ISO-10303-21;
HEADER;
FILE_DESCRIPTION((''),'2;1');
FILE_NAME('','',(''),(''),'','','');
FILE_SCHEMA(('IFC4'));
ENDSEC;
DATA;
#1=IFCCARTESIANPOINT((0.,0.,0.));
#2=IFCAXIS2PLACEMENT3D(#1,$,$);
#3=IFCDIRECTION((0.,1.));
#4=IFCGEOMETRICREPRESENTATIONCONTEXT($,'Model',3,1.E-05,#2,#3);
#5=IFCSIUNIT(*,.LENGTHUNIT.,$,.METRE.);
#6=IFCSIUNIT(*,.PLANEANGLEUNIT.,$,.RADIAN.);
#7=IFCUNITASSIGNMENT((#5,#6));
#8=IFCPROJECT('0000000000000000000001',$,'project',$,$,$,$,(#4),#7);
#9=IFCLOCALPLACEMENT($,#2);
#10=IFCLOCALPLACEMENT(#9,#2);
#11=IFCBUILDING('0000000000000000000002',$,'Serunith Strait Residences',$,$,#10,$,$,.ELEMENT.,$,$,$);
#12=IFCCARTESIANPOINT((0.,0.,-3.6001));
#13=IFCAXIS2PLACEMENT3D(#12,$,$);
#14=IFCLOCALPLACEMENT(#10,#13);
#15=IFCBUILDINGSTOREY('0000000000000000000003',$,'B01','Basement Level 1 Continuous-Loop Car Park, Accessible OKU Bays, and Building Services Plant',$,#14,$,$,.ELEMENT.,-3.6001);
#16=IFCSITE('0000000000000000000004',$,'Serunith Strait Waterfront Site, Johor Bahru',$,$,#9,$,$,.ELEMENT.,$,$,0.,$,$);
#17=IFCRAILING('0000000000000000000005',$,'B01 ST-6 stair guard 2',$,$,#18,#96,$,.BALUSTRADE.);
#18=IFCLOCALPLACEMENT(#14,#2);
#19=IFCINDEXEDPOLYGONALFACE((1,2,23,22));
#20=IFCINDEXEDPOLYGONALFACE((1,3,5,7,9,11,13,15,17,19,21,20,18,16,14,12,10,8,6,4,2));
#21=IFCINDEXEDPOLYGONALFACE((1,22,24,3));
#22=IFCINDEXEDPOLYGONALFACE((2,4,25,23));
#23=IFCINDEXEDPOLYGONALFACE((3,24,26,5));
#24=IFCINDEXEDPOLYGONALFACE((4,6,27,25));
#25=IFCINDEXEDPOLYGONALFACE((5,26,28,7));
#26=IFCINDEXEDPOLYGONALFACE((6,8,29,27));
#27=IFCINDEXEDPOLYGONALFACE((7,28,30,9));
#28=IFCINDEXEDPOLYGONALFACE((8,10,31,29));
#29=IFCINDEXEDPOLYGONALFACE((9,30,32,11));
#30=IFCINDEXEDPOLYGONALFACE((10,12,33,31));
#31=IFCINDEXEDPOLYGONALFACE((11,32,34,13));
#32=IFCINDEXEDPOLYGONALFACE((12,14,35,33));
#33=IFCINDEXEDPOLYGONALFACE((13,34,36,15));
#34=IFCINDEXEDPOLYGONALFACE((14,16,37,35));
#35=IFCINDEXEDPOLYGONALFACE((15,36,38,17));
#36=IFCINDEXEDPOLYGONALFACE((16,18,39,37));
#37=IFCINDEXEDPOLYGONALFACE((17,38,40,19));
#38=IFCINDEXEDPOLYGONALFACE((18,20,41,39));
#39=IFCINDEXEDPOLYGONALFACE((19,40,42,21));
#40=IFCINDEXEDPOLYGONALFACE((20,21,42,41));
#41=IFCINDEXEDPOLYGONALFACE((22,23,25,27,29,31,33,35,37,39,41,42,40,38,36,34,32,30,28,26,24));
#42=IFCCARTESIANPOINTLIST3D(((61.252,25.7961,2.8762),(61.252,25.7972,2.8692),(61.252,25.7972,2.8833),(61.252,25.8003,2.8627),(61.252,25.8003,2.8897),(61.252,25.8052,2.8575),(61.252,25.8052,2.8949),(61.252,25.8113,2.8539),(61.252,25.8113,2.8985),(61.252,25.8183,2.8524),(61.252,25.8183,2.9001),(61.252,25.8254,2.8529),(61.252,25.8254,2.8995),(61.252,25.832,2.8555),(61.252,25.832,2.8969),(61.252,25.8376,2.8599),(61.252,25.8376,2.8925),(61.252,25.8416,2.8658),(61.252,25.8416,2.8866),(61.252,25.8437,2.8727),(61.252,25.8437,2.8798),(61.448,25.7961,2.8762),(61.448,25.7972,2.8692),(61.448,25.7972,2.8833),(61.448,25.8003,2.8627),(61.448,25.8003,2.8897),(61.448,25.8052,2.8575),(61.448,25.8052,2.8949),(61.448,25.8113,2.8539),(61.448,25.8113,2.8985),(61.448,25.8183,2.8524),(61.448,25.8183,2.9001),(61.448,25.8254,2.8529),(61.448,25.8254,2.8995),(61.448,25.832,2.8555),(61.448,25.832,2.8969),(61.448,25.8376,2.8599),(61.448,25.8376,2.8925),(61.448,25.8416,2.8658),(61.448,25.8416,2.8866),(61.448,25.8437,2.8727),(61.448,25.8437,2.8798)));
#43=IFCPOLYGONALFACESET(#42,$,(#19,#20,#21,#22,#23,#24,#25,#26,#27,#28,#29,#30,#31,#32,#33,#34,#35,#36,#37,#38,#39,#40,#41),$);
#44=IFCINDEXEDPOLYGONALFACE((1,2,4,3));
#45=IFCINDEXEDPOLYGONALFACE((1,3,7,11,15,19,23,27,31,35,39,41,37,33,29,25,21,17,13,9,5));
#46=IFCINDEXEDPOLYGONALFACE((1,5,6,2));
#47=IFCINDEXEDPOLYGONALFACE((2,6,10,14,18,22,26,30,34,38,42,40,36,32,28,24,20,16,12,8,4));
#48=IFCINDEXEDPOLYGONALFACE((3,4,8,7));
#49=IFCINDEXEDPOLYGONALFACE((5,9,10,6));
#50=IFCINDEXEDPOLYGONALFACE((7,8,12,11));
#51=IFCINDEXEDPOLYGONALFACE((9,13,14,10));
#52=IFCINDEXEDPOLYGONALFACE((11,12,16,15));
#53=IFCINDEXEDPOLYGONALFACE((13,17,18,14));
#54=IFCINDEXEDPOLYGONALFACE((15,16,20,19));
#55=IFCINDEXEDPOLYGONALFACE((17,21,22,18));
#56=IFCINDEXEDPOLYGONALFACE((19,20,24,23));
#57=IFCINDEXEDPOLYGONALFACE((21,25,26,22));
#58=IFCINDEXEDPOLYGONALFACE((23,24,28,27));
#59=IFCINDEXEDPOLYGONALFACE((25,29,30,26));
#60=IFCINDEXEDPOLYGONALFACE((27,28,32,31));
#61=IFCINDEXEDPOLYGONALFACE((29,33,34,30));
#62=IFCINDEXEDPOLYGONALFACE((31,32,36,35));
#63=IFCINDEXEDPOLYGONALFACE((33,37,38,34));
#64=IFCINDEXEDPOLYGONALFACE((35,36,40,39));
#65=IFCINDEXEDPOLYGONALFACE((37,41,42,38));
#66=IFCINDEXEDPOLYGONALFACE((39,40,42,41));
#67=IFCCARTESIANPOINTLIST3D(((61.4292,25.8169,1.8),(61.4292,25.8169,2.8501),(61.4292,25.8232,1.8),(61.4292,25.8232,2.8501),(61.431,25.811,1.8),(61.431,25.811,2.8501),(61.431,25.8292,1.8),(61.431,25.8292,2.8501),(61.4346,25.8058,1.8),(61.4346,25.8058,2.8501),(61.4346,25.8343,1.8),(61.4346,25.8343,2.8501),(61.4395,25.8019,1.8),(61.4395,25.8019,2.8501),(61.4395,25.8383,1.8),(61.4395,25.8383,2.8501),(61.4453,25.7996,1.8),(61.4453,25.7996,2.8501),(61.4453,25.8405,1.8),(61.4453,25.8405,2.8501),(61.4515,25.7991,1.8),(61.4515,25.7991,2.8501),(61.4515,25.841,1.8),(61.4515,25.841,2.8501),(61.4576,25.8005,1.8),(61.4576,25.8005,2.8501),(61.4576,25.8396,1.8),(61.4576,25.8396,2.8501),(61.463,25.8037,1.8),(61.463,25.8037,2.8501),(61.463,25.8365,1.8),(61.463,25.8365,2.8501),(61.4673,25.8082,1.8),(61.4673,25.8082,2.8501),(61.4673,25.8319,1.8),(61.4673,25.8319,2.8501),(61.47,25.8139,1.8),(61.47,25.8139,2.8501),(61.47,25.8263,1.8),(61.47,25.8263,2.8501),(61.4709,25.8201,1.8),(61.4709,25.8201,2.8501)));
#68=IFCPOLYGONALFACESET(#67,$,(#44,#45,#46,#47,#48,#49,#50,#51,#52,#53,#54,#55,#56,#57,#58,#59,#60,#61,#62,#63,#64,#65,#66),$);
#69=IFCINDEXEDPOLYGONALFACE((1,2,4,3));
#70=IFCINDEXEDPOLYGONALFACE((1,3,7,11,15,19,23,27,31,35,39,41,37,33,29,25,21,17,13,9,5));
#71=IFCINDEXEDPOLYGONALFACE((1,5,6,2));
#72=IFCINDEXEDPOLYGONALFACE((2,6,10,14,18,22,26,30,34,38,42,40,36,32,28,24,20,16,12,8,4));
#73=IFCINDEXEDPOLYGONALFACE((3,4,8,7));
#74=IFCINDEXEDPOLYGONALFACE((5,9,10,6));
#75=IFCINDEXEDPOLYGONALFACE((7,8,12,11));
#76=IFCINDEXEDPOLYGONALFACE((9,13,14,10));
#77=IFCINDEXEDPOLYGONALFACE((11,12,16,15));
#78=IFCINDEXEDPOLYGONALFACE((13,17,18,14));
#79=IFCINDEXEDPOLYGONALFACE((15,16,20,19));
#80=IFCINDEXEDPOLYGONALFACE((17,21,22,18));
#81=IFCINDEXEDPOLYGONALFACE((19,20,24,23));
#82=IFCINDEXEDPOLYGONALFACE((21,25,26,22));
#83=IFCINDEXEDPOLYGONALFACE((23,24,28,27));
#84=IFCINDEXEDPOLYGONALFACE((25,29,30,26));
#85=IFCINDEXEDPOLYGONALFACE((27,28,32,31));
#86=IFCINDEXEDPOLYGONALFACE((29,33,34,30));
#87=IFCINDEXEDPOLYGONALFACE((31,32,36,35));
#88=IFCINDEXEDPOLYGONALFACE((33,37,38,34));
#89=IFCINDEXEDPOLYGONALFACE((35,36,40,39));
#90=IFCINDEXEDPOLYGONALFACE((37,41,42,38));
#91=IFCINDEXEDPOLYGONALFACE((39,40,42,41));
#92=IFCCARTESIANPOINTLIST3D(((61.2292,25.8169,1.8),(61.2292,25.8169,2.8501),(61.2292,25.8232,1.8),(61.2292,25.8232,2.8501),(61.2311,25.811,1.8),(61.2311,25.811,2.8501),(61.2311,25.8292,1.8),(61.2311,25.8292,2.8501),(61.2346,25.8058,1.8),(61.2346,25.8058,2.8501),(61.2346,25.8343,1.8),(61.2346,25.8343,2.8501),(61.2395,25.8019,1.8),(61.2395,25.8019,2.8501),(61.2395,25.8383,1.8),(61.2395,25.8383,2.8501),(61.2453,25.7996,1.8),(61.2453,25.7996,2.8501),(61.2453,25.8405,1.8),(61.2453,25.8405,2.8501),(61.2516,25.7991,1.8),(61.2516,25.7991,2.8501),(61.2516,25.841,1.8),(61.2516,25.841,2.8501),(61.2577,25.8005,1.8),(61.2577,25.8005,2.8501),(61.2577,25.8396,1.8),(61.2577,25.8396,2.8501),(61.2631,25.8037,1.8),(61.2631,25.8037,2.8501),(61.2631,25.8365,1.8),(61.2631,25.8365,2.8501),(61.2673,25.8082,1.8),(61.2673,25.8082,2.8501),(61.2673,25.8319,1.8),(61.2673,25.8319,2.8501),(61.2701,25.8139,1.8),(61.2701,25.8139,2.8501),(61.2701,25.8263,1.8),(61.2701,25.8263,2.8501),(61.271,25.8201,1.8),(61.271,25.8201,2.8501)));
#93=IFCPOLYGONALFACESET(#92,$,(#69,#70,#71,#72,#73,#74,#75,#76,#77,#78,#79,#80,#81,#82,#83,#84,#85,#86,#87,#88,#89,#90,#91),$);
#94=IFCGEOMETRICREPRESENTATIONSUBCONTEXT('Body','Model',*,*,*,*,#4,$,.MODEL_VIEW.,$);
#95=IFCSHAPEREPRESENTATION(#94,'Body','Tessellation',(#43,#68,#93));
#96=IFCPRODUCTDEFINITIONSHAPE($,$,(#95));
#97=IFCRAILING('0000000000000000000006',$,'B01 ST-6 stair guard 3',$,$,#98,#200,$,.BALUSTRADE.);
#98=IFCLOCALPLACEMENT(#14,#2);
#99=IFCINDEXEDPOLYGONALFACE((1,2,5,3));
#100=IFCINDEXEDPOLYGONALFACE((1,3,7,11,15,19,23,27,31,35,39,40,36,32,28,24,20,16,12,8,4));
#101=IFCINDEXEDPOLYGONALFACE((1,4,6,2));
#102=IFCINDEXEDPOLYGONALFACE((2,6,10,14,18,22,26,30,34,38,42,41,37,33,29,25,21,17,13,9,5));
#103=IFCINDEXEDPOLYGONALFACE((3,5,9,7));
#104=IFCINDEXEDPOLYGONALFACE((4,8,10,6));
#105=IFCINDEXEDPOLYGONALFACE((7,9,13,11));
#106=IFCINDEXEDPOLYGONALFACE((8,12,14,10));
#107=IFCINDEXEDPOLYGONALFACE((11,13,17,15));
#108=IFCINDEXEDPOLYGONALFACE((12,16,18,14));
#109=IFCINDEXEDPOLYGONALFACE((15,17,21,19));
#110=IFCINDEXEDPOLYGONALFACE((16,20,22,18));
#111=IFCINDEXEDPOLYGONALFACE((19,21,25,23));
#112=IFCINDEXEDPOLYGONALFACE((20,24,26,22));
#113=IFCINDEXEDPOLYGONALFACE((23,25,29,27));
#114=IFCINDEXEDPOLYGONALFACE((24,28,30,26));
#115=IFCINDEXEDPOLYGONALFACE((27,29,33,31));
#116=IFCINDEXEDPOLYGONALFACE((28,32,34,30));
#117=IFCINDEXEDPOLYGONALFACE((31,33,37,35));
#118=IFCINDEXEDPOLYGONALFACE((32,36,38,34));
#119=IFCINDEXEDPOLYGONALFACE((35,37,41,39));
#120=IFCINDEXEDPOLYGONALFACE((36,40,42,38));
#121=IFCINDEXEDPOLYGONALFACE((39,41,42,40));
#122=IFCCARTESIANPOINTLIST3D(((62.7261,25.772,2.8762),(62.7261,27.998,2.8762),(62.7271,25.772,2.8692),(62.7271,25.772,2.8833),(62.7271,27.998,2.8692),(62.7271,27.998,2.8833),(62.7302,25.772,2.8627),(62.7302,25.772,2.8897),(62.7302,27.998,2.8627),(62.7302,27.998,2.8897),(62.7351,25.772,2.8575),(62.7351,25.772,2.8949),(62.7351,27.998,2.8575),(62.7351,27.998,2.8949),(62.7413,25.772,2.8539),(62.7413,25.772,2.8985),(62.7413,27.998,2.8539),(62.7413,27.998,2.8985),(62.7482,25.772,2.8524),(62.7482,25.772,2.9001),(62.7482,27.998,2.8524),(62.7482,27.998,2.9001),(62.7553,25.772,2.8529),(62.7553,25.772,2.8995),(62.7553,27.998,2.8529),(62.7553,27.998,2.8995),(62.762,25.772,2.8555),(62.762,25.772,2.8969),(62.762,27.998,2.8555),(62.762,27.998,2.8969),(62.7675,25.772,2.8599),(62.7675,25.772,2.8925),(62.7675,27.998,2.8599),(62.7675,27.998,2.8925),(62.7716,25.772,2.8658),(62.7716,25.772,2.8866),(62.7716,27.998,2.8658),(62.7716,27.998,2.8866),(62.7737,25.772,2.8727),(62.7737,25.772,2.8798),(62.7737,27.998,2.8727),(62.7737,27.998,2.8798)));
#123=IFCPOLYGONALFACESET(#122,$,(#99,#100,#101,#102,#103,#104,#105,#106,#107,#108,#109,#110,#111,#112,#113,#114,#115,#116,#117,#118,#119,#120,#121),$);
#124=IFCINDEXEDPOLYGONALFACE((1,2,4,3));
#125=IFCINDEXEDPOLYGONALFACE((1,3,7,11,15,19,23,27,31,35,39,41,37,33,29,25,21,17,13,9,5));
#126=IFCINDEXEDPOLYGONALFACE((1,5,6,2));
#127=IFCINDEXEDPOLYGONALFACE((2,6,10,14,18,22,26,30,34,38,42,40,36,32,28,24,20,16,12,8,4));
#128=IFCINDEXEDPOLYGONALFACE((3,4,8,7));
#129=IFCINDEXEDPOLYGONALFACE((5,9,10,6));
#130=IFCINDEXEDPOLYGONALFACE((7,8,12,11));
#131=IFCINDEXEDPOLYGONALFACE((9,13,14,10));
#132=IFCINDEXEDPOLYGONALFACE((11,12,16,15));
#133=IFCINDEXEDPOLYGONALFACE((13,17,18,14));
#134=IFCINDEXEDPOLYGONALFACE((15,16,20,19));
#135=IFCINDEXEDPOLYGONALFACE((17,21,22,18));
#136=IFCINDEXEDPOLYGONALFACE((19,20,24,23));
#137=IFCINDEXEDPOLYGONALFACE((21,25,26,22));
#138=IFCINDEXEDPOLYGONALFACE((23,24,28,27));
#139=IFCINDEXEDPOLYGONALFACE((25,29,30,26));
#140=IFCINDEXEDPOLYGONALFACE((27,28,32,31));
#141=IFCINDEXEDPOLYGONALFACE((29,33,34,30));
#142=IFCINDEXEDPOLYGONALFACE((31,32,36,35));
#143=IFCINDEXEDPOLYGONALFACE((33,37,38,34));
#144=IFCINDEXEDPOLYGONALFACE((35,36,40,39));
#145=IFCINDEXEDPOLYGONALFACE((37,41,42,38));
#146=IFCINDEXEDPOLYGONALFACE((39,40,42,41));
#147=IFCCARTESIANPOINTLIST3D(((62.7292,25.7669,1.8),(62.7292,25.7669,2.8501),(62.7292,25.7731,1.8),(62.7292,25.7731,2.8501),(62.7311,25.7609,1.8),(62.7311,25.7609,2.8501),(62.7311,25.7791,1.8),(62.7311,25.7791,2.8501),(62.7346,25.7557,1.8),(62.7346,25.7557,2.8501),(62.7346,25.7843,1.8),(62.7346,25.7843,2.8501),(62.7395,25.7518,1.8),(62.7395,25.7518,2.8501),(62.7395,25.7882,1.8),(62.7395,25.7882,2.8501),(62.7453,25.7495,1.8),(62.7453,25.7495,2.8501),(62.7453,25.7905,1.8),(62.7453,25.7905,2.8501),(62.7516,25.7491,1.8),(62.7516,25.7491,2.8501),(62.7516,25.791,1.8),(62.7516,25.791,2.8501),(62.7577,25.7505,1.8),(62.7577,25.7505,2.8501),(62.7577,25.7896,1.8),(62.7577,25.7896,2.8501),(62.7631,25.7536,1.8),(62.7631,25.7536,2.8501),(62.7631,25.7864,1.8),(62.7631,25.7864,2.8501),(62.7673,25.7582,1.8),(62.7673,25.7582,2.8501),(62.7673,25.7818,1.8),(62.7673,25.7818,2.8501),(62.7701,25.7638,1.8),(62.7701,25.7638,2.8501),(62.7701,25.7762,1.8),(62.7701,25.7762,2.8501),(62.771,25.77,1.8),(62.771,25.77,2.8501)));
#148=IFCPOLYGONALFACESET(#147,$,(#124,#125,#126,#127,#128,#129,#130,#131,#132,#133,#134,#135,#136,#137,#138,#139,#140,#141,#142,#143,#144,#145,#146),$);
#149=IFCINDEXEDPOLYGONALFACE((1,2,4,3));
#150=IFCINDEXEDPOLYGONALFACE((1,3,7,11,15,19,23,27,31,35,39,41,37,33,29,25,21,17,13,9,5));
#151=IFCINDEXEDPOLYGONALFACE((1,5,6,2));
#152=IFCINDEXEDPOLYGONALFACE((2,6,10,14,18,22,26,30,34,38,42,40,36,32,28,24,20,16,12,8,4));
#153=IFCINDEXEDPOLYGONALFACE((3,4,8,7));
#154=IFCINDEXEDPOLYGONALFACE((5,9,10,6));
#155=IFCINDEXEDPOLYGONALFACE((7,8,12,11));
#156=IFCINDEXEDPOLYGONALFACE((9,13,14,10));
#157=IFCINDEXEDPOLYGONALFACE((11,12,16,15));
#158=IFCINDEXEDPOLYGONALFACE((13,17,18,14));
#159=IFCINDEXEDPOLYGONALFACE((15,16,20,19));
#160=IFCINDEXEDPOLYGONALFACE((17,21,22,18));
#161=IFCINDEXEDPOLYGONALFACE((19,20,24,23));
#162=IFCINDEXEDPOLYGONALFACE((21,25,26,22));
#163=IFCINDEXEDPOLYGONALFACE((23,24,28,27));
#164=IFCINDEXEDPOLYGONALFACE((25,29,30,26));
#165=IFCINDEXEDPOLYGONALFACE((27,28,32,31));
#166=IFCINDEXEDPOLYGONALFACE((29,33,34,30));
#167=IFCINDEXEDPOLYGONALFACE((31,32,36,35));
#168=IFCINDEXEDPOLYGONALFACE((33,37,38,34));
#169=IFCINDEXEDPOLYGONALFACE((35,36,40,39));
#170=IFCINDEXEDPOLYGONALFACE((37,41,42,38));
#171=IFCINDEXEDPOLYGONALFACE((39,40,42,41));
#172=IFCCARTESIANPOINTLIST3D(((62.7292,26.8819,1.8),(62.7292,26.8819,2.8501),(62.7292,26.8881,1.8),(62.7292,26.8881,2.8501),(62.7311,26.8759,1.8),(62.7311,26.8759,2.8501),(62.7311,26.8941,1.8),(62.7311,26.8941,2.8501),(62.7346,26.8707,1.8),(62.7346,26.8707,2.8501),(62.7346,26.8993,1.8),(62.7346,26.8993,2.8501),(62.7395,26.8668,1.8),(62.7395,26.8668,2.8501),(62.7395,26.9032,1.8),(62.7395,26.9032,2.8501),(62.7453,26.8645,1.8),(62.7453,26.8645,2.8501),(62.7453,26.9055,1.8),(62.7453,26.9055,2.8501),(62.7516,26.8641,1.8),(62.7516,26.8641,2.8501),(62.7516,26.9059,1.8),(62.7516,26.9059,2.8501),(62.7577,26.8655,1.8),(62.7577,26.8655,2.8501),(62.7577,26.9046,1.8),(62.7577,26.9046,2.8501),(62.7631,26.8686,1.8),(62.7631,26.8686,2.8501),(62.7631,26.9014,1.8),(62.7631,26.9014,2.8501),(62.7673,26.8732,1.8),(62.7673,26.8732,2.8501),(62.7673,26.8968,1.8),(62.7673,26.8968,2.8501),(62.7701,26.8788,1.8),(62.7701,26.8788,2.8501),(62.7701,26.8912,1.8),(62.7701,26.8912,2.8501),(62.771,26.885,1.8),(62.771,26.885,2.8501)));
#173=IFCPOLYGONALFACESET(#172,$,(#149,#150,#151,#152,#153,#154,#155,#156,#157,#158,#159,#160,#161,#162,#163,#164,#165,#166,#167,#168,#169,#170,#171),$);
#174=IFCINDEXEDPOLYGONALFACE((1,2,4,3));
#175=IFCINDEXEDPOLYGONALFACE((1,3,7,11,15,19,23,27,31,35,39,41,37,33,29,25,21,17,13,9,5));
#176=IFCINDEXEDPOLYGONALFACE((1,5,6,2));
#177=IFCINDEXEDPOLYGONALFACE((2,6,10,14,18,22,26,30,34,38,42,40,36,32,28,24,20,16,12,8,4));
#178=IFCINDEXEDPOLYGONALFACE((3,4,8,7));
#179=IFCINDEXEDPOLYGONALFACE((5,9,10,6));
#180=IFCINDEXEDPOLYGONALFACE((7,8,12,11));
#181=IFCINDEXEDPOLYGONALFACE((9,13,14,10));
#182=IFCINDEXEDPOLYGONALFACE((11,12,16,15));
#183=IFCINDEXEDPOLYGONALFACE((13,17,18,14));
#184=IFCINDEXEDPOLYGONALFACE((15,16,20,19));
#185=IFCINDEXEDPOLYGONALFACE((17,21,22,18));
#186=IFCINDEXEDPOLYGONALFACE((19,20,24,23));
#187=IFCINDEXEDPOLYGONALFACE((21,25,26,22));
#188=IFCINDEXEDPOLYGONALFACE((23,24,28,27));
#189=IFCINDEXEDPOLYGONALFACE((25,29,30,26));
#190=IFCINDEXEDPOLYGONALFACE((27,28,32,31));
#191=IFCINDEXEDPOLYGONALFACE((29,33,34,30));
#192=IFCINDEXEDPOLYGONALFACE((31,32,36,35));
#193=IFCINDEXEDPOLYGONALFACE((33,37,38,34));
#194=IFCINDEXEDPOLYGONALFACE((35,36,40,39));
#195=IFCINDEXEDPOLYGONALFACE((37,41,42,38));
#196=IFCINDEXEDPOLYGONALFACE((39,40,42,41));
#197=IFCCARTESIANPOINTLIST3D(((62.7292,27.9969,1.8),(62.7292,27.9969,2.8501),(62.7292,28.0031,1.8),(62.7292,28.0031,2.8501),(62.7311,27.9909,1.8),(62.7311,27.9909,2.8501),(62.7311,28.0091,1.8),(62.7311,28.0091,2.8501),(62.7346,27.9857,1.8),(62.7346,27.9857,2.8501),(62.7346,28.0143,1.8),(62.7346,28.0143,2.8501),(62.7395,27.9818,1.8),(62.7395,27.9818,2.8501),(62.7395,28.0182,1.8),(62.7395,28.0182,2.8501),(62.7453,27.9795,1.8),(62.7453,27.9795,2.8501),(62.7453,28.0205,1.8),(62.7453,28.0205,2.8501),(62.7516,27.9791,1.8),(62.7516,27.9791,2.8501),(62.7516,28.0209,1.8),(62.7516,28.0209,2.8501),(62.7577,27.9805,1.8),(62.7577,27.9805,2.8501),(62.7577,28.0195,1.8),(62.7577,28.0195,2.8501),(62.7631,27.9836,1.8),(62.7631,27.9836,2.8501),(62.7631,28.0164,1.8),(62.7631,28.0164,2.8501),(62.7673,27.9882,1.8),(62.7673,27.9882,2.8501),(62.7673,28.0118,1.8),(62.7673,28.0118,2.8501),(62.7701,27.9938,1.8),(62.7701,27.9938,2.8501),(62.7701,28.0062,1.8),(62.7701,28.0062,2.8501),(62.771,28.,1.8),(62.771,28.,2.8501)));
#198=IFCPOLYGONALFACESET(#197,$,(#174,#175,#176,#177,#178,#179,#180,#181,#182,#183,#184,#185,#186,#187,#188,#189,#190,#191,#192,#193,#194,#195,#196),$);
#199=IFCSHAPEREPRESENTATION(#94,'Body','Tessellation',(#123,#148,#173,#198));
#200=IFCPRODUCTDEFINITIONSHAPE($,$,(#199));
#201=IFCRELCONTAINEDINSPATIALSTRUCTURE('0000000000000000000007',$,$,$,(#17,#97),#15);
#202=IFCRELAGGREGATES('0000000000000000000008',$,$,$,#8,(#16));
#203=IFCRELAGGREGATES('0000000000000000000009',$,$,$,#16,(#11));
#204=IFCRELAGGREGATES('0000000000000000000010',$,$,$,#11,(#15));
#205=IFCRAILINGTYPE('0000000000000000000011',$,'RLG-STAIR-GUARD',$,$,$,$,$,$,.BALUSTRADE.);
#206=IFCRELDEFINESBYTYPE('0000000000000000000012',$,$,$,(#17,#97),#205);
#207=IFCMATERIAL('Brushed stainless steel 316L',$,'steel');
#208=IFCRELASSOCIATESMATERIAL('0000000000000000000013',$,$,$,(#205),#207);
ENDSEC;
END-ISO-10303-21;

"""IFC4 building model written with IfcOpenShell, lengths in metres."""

from ifc_helpers import new_model, si_unit, direction, frame, origin, origin_2d, place, context, subcontext, project, spatial, circle, extrude, material, type_object, element, save


model = new_model("IFC4")

# Units and contexts
model_context = context("Model", 3, precision=1e-05, world=origin(), true_north=direction((0.0, 1.0)))
body_context = subcontext(model_context, "Body", "Model", "MODEL_VIEW")
ifc_project = project(units=[si_unit("LENGTHUNIT", "METRE"), si_unit("PLANEANGLEUNIT", "RADIAN")], contexts=[model_context])

# Site, building, storey
site_placement = place(None, origin())
site = spatial("IfcSite", under=ifc_project, at=site_placement, Name="Serunith Strait Waterfront Site, Johor Bahru", CompositionType="ELEMENT", RefElevation=0.0)
building_placement = place(site_placement, origin())
building = spatial("IfcBuilding", under=site, at=building_placement, Name="Serunith Strait Residences", CompositionType="ELEMENT")
storey_placement = place(building_placement, frame((0.0, 0.0, -3.6001)))
storey = spatial("IfcBuildingStorey", under=building, at=storey_placement, Name="B01", Description="Basement Level 1 Continuous-Loop Car Park, Accessible OKU Bays, and Building Services Plant", CompositionType="ELEMENT", Elevation=-3.6001)

# Railings
ifc_material_1 = material(Name="Brushed stainless steel 316L", Category="steel")
railing_type_1 = type_object("IfcRailingType", Name="RLG-STAIR-GUARD", PredefinedType="BALUSTRADE", material=ifc_material_1)
railing_1_placement = place(storey_placement, frame((61.45, 25.8201, 1.8)))
element("IfcRailing", 1, at=railing_1_placement, inside=storey, type_object=railing_type_1, Name="B01 ST-6 stair guard 2", PredefinedType="BALUSTRADE", context=body_context, shape_type="SweptSolid", body=[
    extrude(circle(Radius=0.0239, at=origin_2d()), frame((-0.002, 0.0, 1.0762), z_axis=(-1.0, 0.0, 0.0), x_axis=(0.0, -1.0, 0.0)), (0.0, 0.0, 1.0), 0.196),
    extrude(circle(Radius=0.021, at=origin_2d()), origin(), (0.0, 0.0, 1.0), 1.05),
    extrude(circle(Radius=0.021, at=origin_2d()), frame((-0.2, 0.0, 0.0)), (0.0, 0.0, 1.0), 1.05),
])
for number, where, name in (
    (2, (62.75, 25.77, 1.8), "B01 ST-6 stair guard 3"),
):
    element("IfcRailing", number, at=place(storey_placement, frame(where)), inside=storey, type_object=railing_type_1, Name=name, PredefinedType="BALUSTRADE", context=body_context, shape_type="SweptSolid", body=[
        extrude(circle(Radius=0.0239, at=origin_2d()), frame((0.0, 0.002, 1.0762), z_axis=(0.0, 1.0, 0.0), x_axis=(-1.0, 0.0, 0.0)), (0.0, 0.0, 1.0), 2.2261),
        extrude(circle(Radius=0.021, at=origin_2d()), origin(), (0.0, 0.0, 1.0), 1.05),
        extrude(circle(Radius=0.021, at=origin_2d()), frame((0.0, 1.115, 0.0)), (0.0, 0.0, 1.0), 1.05),
        extrude(circle(Radius=0.021, at=origin_2d()), frame((0.0, 2.23, 0.0)), (0.0, 0.0, 1.0), 1.05),
    ])

save(model, "model.ifc")
